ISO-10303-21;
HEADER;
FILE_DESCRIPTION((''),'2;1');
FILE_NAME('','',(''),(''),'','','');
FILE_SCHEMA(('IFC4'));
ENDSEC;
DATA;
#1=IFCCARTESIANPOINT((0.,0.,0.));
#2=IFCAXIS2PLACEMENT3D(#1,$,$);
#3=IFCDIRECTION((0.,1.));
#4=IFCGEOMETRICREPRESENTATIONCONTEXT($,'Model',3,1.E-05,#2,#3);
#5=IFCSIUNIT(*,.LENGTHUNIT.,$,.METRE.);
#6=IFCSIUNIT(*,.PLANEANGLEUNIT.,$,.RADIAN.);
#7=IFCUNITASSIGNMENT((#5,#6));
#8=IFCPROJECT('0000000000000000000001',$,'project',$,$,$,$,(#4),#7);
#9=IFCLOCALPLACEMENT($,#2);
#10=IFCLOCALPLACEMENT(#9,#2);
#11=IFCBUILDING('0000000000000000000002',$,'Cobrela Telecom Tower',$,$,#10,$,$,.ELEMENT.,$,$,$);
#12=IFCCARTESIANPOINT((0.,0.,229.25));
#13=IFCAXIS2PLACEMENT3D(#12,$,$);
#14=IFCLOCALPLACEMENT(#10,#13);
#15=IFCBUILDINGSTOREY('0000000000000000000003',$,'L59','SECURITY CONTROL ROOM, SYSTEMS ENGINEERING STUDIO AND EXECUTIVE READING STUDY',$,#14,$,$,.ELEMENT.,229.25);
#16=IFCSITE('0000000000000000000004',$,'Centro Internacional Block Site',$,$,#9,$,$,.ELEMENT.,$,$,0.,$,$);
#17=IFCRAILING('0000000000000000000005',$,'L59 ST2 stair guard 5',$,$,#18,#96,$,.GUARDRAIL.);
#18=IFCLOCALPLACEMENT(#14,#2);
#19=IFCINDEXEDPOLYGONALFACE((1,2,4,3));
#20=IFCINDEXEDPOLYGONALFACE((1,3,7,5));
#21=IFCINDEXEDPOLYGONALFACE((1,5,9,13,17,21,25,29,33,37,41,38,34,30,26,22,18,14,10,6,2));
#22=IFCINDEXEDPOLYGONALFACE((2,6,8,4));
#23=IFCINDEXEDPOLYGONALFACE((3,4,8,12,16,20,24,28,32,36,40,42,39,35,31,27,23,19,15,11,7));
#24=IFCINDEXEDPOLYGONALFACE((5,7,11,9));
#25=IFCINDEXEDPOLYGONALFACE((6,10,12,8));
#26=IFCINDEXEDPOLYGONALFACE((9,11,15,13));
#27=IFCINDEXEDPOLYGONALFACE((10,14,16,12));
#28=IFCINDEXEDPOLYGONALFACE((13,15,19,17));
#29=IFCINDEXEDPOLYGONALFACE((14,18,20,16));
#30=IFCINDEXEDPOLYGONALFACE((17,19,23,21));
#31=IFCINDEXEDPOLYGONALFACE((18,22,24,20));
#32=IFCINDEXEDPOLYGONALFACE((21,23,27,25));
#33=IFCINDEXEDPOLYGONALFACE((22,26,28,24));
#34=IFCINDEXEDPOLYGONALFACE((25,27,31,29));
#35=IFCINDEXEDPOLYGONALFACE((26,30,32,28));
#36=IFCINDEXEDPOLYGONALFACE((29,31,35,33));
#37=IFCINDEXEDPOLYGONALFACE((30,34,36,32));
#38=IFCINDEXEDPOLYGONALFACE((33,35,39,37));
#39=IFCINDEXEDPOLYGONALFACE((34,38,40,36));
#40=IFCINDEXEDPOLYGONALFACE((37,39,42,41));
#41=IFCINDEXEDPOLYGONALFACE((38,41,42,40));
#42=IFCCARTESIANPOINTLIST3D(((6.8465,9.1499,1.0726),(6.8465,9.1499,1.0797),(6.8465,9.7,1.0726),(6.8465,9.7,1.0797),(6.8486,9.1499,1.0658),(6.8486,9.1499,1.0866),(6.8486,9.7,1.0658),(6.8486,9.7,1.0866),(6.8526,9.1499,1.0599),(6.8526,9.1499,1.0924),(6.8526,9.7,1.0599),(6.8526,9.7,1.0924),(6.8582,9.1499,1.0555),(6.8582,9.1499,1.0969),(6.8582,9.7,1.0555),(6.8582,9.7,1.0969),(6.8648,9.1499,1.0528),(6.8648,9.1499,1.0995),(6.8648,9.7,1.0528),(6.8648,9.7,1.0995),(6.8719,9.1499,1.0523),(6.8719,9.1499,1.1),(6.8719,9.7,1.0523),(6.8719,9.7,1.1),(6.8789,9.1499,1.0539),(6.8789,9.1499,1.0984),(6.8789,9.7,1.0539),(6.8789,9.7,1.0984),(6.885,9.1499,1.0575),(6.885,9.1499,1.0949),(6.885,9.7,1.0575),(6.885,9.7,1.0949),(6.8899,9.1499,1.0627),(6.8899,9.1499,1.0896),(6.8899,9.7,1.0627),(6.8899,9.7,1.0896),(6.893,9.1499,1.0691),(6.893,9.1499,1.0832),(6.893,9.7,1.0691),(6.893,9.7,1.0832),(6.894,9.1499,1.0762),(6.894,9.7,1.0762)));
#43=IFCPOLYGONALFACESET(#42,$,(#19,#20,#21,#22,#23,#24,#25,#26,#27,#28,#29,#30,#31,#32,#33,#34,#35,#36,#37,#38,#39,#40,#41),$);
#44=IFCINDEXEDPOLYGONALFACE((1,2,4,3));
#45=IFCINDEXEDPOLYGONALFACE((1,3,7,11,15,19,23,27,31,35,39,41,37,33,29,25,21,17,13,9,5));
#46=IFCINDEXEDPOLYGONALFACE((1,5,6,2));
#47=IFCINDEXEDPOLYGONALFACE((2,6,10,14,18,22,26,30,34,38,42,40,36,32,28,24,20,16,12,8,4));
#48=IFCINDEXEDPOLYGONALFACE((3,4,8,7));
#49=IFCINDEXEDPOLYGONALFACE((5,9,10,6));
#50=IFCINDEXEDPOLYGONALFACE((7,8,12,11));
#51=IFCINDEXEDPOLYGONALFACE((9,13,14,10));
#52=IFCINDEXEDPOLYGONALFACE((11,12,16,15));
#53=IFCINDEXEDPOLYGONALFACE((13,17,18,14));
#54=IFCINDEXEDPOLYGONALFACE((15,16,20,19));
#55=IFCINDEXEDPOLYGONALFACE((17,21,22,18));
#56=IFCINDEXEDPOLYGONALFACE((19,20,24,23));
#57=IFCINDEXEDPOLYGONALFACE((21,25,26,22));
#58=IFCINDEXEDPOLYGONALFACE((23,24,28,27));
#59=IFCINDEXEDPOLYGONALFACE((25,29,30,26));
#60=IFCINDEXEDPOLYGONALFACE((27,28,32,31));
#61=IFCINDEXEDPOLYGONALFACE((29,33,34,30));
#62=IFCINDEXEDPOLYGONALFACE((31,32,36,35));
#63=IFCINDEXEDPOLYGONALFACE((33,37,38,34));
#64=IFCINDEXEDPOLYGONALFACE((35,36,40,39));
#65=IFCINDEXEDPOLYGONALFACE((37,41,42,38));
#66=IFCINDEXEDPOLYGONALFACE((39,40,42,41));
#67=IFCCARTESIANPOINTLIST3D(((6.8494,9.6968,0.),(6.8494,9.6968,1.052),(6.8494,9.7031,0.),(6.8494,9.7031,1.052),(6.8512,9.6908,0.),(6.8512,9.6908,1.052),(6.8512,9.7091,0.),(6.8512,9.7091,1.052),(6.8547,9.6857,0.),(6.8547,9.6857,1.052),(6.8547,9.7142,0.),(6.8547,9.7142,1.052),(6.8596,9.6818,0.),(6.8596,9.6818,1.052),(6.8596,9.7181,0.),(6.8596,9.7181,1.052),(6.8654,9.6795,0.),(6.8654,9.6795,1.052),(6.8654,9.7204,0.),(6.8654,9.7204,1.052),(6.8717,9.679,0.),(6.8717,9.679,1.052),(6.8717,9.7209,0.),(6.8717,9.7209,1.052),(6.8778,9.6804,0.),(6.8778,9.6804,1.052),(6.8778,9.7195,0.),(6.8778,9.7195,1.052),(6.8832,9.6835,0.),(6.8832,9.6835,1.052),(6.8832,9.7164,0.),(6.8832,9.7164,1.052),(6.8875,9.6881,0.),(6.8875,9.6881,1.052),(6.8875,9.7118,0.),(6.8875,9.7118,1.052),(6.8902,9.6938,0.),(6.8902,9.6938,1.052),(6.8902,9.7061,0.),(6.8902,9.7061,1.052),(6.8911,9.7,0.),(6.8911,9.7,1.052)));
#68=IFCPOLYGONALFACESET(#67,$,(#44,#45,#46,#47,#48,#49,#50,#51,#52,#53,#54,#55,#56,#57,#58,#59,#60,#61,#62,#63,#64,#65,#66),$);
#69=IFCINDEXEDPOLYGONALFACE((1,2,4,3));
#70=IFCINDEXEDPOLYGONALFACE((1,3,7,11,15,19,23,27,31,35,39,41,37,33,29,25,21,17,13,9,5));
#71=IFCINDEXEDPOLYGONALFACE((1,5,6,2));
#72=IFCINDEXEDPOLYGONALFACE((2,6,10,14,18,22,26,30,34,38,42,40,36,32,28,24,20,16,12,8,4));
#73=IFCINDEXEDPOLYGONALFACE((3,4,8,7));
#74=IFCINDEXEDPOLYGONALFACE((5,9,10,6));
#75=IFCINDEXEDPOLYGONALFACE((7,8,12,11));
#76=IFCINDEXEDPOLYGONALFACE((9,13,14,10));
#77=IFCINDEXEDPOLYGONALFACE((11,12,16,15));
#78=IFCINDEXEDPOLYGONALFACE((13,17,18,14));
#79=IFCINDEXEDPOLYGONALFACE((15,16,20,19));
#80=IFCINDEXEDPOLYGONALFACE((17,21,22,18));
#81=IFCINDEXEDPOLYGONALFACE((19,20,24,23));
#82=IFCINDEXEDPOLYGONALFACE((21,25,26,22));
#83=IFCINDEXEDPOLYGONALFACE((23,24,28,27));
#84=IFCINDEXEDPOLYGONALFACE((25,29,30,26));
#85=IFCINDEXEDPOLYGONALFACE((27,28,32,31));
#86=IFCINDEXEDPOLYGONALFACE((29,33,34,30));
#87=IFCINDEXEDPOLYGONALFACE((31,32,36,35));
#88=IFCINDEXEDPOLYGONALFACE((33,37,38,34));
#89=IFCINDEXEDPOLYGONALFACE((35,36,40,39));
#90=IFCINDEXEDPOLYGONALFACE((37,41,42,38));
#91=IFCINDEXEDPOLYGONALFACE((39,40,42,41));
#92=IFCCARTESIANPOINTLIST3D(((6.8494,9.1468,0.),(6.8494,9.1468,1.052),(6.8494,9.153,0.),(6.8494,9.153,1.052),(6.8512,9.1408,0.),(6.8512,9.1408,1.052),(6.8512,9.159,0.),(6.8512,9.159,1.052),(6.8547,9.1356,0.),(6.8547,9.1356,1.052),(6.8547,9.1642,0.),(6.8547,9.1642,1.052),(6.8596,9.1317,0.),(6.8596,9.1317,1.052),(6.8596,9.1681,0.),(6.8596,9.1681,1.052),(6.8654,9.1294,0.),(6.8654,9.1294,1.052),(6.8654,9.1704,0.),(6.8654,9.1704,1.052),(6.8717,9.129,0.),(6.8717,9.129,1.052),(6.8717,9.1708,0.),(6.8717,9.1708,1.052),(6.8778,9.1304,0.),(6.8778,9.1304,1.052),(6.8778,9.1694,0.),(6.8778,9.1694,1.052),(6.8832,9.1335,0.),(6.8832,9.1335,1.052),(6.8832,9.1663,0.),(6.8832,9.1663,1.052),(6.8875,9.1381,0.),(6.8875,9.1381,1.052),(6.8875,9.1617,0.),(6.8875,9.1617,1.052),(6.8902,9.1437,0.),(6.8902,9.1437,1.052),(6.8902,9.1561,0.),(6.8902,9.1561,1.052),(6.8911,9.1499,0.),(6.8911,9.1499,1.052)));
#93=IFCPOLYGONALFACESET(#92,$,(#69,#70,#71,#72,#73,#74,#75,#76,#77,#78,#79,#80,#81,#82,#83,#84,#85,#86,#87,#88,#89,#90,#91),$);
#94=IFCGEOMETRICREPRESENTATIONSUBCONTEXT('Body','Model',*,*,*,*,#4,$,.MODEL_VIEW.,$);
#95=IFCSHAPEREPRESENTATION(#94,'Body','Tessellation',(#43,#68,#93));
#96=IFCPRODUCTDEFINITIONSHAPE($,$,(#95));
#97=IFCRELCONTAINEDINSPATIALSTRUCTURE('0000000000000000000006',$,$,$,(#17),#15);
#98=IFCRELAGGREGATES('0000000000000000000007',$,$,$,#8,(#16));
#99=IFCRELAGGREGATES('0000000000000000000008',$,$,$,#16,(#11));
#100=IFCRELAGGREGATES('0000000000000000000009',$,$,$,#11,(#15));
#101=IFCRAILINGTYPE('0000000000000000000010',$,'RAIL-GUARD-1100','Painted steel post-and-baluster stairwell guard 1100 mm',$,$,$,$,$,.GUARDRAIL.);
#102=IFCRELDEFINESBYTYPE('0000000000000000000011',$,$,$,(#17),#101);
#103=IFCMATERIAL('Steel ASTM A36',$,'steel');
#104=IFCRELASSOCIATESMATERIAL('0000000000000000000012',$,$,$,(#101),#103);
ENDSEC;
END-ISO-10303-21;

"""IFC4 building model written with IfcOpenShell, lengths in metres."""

from ifc_helpers import new_model, si_unit, direction, frame, origin, origin_2d, place, context, subcontext, project, spatial, circle, extrude, material, type_object, element, save


model = new_model("IFC4")

# Units and contexts
model_context = context("Model", 3, precision=1e-05, world=origin(), true_north=direction((0.0, 1.0)))
body_context = subcontext(model_context, "Body", "Model", "MODEL_VIEW")
ifc_project = project(units=[si_unit("LENGTHUNIT", "METRE"), si_unit("PLANEANGLEUNIT", "RADIAN")], contexts=[model_context])

# Site, building, storey
site_placement = place(None, origin())
site = spatial("IfcSite", under=ifc_project, at=site_placement, Name="Centro Internacional Block Site", CompositionType="ELEMENT", RefElevation=0.0)
building_placement = place(site_placement, origin())
building = spatial("IfcBuilding", under=site, at=building_placement, Name="Cobrela Telecom Tower", CompositionType="ELEMENT")
storey_placement = place(building_placement, frame((0.0, 0.0, 229.25)))
storey = spatial("IfcBuildingStorey", under=building, at=storey_placement, Name="L59", Description="SECURITY CONTROL ROOM, SYSTEMS ENGINEERING STUDIO AND EXECUTIVE READING STUDY", CompositionType="ELEMENT", Elevation=229.25)

# Railing
ifc_material_1 = material(Name="Steel ASTM A36", Category="steel")
railing_type_1 = type_object("IfcRailingType", Name="RAIL-GUARD-1100", Description="Painted steel post-and-baluster stairwell guard 1100 mm", PredefinedType="GUARDRAIL", material=ifc_material_1)
railing_1_placement = place(storey_placement, frame((6.8701, 9.7, 0.0)))
element("IfcRailing", 1, at=railing_1_placement, inside=storey, type_object=railing_type_1, Name="L59 ST2 stair guard 5", PredefinedType="GUARDRAIL", context=body_context, shape_type="SweptSolid", body=[
    extrude(circle(Radius=0.0239, at=origin_2d()), frame((0.0, 0.0, 1.0762), z_axis=(0.0, -1.0, 0.0), x_axis=(1.0, 0.0, 0.0)), (0.0, 0.0, 1.0), 0.55),
    extrude(circle(Radius=0.021, at=origin_2d()), origin(), (0.0, 0.0, 1.0), 1.052),
    extrude(circle(Radius=0.021, at=origin_2d()), frame((0.0, -0.55, 0.0)), (0.0, 0.0, 1.0), 1.052),
])

save(model, "model.ifc")
